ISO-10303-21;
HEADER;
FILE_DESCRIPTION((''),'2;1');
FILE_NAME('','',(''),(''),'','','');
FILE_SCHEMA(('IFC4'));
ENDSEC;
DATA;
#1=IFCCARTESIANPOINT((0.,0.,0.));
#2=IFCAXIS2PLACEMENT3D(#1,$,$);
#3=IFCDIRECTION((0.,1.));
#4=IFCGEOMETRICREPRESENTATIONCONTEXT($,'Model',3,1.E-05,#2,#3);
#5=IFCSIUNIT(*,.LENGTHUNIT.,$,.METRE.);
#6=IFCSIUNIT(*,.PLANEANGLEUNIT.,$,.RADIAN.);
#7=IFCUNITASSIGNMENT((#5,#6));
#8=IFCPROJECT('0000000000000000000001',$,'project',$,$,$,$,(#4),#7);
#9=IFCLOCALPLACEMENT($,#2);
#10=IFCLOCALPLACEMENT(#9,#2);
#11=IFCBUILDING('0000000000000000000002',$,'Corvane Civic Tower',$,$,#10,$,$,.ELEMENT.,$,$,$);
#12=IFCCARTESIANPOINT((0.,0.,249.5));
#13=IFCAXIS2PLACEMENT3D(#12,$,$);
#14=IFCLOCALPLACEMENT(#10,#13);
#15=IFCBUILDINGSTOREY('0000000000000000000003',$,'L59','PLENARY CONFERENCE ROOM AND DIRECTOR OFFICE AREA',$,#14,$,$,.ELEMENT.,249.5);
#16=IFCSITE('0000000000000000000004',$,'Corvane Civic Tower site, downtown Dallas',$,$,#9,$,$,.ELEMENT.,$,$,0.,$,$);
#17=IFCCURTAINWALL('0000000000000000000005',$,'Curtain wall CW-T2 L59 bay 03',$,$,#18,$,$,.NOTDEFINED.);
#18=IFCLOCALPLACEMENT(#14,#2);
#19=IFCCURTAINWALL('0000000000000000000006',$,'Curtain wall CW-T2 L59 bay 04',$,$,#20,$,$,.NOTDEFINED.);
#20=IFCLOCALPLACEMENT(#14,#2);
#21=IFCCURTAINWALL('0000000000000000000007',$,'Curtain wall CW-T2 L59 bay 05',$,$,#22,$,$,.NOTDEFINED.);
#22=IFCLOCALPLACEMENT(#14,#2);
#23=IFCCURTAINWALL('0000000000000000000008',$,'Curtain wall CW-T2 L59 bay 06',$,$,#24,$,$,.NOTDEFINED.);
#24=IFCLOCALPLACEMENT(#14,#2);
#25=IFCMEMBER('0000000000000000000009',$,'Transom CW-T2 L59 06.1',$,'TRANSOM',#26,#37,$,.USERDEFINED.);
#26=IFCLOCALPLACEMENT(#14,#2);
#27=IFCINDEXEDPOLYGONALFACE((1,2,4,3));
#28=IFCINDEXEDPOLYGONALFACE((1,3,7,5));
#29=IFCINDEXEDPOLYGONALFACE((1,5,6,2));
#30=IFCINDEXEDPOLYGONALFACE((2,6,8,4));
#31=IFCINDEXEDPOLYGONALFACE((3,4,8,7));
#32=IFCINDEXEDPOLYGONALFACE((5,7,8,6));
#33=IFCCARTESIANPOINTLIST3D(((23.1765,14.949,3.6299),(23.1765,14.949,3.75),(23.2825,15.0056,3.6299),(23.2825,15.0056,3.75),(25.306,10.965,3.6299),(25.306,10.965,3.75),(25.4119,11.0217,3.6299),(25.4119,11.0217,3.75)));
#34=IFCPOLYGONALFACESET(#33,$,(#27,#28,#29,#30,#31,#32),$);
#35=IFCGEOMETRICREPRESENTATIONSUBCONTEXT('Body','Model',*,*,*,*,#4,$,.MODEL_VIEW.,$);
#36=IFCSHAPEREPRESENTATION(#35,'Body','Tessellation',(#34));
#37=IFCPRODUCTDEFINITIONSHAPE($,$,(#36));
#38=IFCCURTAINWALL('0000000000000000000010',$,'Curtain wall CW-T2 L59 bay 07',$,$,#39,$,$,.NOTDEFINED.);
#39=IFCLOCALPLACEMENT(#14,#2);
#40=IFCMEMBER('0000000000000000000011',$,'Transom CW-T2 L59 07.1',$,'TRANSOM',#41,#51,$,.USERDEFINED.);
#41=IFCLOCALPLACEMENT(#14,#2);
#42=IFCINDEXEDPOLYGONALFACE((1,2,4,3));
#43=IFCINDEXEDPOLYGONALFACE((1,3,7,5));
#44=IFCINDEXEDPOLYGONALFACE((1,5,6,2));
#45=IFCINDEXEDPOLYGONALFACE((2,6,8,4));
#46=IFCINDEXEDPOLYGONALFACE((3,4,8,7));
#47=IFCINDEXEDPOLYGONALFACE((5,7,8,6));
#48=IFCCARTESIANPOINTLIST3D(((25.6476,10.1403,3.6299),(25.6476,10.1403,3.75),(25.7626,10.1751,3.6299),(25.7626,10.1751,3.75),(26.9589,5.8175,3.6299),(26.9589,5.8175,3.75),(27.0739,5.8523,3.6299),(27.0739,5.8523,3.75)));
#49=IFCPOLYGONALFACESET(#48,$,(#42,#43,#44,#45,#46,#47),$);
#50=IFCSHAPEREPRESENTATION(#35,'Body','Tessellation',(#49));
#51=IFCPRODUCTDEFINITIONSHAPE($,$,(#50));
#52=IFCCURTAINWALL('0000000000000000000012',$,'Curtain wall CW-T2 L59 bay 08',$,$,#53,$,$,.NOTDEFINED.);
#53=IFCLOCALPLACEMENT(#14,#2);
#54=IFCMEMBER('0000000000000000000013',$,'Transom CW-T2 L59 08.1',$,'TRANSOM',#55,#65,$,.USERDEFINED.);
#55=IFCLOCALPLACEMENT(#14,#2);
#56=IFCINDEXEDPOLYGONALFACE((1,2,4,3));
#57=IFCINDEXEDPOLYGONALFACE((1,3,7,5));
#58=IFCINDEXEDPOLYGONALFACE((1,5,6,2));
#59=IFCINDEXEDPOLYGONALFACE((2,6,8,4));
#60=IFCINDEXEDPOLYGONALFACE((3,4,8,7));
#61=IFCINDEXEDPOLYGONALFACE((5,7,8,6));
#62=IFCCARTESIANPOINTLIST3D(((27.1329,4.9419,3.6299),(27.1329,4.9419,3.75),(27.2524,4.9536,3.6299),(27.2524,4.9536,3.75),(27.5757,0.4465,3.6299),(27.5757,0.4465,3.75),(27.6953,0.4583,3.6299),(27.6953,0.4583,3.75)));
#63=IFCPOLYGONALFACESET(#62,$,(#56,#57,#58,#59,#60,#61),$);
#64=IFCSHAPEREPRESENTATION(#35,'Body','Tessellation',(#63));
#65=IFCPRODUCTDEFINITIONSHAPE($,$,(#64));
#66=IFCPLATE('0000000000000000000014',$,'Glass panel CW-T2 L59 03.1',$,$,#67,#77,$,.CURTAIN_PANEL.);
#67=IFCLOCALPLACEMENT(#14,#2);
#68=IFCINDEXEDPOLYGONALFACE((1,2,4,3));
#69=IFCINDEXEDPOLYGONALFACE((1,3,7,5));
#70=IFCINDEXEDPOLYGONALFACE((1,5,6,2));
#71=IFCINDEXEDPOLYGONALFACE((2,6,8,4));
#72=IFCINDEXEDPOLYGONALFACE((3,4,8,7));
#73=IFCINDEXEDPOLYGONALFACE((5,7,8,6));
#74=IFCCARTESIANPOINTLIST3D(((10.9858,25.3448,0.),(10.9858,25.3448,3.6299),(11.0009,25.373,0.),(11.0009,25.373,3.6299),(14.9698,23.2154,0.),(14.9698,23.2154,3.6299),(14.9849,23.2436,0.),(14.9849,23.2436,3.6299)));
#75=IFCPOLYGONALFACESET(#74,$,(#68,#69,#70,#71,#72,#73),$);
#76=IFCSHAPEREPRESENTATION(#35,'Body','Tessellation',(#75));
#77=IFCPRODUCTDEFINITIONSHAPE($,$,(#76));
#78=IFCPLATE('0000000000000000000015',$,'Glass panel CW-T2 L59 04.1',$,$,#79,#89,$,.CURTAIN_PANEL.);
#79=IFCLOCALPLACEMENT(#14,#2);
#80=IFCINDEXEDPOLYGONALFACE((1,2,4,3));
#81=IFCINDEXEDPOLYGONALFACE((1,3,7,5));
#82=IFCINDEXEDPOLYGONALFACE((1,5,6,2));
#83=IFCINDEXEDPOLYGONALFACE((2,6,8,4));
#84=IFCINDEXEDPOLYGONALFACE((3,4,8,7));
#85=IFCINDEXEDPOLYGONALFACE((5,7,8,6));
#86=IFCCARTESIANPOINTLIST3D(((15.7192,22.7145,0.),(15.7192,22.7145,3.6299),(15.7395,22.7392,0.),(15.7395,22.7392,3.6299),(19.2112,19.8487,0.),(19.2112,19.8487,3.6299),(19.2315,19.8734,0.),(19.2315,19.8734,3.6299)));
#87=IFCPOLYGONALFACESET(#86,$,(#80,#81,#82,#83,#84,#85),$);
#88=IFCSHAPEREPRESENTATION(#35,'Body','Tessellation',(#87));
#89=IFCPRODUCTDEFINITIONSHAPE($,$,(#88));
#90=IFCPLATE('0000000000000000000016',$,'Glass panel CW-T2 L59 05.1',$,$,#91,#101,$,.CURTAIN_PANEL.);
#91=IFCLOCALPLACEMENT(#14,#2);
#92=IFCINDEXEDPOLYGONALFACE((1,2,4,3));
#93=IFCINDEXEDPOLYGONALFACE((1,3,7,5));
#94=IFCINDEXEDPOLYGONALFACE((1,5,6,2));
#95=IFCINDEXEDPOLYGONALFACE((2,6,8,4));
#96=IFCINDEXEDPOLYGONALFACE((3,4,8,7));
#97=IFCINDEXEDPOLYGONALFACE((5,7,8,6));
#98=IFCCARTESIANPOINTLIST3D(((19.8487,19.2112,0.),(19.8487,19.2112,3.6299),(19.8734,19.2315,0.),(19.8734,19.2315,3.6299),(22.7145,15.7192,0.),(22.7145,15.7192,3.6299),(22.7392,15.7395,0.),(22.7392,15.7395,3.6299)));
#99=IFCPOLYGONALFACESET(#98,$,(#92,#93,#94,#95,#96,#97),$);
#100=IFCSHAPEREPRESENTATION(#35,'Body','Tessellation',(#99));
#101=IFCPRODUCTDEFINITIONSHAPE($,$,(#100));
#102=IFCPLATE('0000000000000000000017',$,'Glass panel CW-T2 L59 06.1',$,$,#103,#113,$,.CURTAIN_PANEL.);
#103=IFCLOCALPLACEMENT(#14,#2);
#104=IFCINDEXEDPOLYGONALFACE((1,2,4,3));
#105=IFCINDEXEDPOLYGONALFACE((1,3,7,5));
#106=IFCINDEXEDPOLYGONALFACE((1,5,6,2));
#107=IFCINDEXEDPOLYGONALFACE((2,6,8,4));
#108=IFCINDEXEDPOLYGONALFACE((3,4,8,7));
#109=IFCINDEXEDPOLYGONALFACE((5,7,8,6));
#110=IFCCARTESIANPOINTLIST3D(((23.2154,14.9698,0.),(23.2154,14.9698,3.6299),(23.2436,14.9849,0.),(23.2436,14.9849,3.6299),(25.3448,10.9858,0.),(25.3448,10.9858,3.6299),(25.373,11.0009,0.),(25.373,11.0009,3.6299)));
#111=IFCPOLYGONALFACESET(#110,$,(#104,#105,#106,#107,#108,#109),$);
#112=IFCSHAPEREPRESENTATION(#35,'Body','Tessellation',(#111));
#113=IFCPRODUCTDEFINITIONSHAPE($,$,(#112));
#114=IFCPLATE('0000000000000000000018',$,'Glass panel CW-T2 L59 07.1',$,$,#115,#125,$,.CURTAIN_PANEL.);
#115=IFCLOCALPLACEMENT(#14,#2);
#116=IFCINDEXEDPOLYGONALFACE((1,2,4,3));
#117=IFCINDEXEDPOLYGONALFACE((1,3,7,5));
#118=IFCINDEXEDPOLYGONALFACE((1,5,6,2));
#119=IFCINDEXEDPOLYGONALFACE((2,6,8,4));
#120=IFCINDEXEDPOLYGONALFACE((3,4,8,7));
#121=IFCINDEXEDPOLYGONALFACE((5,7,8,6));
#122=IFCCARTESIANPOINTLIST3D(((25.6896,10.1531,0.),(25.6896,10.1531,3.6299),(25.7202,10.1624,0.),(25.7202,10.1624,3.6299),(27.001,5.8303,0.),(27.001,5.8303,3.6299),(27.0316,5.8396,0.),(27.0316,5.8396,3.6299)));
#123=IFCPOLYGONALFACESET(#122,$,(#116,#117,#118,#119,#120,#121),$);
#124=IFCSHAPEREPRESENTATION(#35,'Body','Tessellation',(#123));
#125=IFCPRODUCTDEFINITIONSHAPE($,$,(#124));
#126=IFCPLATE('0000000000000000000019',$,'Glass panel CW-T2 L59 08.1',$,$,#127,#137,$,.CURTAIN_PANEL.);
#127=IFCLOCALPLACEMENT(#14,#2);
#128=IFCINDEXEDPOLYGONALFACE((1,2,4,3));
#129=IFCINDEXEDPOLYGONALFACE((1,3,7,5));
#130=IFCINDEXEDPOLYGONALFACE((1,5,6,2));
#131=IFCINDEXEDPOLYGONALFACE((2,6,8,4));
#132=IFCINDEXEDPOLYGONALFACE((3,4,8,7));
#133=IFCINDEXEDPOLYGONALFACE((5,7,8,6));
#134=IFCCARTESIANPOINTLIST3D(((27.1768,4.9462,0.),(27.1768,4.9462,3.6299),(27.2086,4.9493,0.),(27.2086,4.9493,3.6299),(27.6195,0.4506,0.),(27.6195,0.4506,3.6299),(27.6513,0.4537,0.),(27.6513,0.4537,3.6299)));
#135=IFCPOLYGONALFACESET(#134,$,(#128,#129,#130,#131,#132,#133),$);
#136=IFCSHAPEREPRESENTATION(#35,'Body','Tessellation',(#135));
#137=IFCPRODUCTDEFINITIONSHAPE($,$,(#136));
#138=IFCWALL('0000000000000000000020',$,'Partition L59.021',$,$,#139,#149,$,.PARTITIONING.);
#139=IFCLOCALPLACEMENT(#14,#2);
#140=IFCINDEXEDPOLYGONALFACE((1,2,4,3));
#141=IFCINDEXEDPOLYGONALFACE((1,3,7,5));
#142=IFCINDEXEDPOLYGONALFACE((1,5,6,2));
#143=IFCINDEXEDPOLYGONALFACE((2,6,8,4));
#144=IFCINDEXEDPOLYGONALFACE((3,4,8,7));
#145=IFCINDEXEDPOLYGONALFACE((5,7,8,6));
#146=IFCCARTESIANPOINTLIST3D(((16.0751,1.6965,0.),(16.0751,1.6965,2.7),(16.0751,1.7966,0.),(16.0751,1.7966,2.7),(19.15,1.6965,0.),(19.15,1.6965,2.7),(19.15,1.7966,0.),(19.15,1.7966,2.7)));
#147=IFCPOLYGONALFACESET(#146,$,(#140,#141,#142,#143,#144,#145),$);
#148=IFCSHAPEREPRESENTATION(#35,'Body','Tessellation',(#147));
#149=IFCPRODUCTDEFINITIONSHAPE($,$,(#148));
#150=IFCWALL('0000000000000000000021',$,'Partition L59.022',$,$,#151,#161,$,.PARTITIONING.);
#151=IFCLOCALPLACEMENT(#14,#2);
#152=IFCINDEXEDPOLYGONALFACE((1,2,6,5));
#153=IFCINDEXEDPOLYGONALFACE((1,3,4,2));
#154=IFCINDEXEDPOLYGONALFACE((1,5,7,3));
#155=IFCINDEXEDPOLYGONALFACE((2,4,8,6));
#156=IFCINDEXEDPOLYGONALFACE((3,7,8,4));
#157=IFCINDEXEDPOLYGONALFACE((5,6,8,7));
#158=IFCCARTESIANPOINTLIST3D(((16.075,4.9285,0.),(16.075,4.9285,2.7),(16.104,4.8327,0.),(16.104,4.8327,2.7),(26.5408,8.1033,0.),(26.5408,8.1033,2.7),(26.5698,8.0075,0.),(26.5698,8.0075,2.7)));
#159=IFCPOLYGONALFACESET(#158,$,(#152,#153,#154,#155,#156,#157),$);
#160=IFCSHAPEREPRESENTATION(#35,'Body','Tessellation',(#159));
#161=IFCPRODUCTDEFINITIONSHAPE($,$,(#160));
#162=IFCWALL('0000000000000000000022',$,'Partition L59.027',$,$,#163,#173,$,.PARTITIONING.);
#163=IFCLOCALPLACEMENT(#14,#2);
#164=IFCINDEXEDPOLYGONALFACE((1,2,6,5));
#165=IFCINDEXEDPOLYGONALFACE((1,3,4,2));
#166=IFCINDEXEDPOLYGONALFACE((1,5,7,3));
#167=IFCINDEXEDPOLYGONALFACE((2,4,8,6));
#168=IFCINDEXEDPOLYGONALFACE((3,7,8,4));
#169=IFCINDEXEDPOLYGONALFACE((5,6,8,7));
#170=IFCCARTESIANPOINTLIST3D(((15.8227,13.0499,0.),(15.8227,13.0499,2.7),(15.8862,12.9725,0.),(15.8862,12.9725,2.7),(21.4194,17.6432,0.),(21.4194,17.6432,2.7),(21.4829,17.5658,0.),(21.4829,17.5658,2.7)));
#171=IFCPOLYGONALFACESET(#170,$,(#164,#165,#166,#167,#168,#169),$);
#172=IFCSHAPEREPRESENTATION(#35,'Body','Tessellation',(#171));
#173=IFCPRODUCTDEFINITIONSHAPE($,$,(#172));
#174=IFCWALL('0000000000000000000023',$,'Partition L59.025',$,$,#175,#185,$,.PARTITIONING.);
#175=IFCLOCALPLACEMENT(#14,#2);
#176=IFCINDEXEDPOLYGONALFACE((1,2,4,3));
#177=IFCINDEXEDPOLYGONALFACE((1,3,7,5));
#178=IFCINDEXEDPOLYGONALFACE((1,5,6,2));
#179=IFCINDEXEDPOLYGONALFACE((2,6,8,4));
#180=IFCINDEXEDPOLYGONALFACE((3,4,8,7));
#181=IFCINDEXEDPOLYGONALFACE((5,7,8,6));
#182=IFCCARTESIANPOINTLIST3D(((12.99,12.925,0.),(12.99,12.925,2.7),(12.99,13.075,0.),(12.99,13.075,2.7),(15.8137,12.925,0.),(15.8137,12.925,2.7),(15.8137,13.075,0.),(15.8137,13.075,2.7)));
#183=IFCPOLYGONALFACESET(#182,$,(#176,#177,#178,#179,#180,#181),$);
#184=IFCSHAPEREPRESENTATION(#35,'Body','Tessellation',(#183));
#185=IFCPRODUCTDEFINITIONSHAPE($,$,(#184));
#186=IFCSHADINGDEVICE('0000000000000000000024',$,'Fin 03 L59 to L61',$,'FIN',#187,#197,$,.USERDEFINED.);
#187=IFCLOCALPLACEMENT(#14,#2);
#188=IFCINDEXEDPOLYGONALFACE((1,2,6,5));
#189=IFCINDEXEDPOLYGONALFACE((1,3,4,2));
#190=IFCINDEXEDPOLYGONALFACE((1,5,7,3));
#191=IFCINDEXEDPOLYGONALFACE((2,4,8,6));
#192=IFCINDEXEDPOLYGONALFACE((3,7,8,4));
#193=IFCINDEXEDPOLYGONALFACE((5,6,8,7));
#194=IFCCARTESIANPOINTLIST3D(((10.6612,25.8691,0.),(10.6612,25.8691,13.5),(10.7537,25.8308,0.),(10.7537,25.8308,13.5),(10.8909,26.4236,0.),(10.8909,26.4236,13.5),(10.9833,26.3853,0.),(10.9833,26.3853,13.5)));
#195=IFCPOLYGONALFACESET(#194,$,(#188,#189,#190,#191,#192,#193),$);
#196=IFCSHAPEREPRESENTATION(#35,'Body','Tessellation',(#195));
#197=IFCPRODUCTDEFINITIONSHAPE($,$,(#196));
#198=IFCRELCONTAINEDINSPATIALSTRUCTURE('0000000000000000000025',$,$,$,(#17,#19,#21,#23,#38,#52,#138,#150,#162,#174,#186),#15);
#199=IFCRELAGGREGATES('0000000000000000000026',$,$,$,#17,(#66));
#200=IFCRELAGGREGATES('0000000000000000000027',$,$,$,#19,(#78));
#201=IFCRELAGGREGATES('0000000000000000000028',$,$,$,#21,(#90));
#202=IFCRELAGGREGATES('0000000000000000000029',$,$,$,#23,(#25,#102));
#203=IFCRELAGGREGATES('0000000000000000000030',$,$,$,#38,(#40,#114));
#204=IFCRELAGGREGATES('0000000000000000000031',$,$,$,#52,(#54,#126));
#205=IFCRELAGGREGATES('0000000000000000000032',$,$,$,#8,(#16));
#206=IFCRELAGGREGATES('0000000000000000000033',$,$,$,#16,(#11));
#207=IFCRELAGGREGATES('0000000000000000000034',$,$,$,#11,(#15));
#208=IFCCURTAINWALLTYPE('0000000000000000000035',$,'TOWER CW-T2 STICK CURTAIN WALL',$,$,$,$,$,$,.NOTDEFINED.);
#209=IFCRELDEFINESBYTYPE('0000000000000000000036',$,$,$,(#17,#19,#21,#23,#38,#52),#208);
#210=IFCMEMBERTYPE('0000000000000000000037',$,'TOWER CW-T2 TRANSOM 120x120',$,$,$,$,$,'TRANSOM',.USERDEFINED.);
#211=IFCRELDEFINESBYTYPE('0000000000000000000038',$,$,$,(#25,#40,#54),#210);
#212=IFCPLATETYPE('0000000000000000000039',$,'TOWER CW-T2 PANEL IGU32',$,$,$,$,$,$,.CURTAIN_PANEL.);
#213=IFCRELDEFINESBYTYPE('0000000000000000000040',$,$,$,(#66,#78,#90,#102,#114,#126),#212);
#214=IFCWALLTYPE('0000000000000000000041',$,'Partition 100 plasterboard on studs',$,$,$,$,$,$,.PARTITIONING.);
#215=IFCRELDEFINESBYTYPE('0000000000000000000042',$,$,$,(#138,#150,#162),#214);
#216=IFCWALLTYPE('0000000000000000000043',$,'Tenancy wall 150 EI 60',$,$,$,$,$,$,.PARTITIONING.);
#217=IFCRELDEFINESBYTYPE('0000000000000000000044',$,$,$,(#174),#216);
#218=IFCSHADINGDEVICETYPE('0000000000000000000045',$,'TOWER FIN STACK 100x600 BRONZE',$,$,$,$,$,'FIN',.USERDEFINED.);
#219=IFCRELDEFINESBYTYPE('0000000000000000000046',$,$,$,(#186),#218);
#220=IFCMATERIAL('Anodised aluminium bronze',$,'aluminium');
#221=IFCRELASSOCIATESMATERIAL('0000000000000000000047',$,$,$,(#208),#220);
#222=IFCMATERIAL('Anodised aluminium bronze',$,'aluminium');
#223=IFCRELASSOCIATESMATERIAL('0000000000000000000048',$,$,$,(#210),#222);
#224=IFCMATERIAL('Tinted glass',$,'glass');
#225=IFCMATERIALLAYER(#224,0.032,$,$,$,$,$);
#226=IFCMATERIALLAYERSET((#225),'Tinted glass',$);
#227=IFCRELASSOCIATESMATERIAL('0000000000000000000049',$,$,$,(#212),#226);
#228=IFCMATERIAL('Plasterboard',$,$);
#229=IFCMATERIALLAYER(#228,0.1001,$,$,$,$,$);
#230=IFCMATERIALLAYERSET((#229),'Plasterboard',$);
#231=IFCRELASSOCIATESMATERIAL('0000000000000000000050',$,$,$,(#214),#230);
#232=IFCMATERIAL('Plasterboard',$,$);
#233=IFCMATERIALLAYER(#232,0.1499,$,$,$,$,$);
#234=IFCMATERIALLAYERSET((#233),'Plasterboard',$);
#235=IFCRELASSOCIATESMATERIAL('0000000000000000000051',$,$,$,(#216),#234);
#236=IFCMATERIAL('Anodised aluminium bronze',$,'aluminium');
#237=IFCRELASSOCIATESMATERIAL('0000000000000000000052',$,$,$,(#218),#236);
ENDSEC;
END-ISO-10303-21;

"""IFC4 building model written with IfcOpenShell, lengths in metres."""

from ifc_helpers import new_model, si_unit, direction, frame, frame_2d, origin, origin_2d, place, context, subcontext, project, spatial, rectangle, extrude, material, layer, layer_set, material_profile, profile_set, type_object, element, aggregate, save


model = new_model("IFC4")

# Units and contexts
model_context = context("Model", 3, precision=1e-05, world=origin(), true_north=direction((0.0, 1.0)))
body_context = subcontext(model_context, "Body", "Model", "MODEL_VIEW")
ifc_project = project(units=[si_unit("LENGTHUNIT", "METRE"), si_unit("PLANEANGLEUNIT", "RADIAN")], contexts=[model_context])

# Site, building, storey
site_placement = place(None, origin())
site = spatial("IfcSite", under=ifc_project, at=site_placement, Name="Corvane Civic Tower site, downtown Dallas", CompositionType="ELEMENT", RefElevation=0.0)
building_placement = place(site_placement, origin())
building = spatial("IfcBuilding", under=site, at=building_placement, Name="Corvane Civic Tower", CompositionType="ELEMENT")
storey_placement = place(building_placement, frame((0.0, 0.0, 249.5)))
storey = spatial("IfcBuildingStorey", under=building, at=storey_placement, Name="L59", Description="PLENARY CONFERENCE ROOM AND DIRECTOR OFFICE AREA", CompositionType="ELEMENT", Elevation=249.5)

# Curtain walls, members
ifc_material_1 = material(Name="Anodised aluminium bronze", Category="aluminium")
curtain_wall_type = type_object("IfcCurtainWallType", Name="TOWER CW-T2 STICK CURTAIN WALL", PredefinedType="NOTDEFINED", material=ifc_material_1)
curtain_wall_1_placement = place(storey_placement, origin())
curtain_wall_1 = element("IfcCurtainWall", 1, at=curtain_wall_1_placement, inside=storey, type_object=curtain_wall_type, Name="Curtain wall CW-T2 L59 bay 03", PredefinedType="NOTDEFINED")
ifc_material_2 = material(Name="Anodised aluminium bronze", Category="aluminium")
ifc_material_profile_1 = material_profile(ifc_material_2, rectangle(XDim=0.1201, YDim=0.1201, at=origin_2d()), Name="TOWER CW-T2 TRANSOM 120x120")
ifc_profile_set_1 = profile_set([ifc_material_profile_1], Name="Anodised aluminium bronze")
member_type = type_object("IfcMemberType", Name="TOWER CW-T2 TRANSOM 120x120", ElementType="TRANSOM", PredefinedType="USERDEFINED", material=ifc_profile_set_1)
curtain_wall_2_placement = place(storey_placement, origin())
curtain_wall_2 = element("IfcCurtainWall", 2, at=curtain_wall_2_placement, inside=storey, type_object=curtain_wall_type, Name="Curtain wall CW-T2 L59 bay 04", PredefinedType="NOTDEFINED")
curtain_wall_3_placement = place(storey_placement, origin())
curtain_wall_3 = element("IfcCurtainWall", 3, at=curtain_wall_3_placement, inside=storey, type_object=curtain_wall_type, Name="Curtain wall CW-T2 L59 bay 05", PredefinedType="NOTDEFINED")
curtain_wall_4_placement = place(storey_placement, origin())
curtain_wall_4 = element("IfcCurtainWall", 4, at=curtain_wall_4_placement, inside=storey, type_object=curtain_wall_type, Name="Curtain wall CW-T2 L59 bay 06", PredefinedType="NOTDEFINED")
member_1_placement = place(storey_placement, frame((23.2295, 14.9773, 3.6899), z_axis=(0.47139, -0.881925, 0.0), x_axis=(0.881925, 0.47139, 0.0)))
member_1 = element("IfcMember", 5, at=member_1_placement, type_object=member_type, Name="Transom CW-T2 L59 06.1", ObjectType="TRANSOM", PredefinedType="USERDEFINED", context=body_context, shape_type="SweptSolid", body=[
    extrude(rectangle(XDim=0.1201, YDim=0.1201, at=origin_2d()), origin(), (0.0, 0.0, 1.0), 4.5173),
])
curtain_wall_5_placement = place(storey_placement, origin())
curtain_wall_5 = element("IfcCurtainWall", 6, at=curtain_wall_5_placement, inside=storey, type_object=curtain_wall_type, Name="Curtain wall CW-T2 L59 bay 07", PredefinedType="NOTDEFINED")
member_2_placement = place(storey_placement, frame((25.7051, 10.1577, 3.6899), z_axis=(0.290282, -0.956941, 0.0), x_axis=(0.956941, 0.290282, 0.0)))
member_2 = element("IfcMember", 7, at=member_2_placement, type_object=member_type, Name="Transom CW-T2 L59 07.1", ObjectType="TRANSOM", PredefinedType="USERDEFINED", context=body_context, shape_type="SweptSolid", body=[
    extrude(rectangle(XDim=0.1201, YDim=0.1201, at=origin_2d()), origin(), (0.0, 0.0, 1.0), 4.5173),
])
curtain_wall_6_placement = place(storey_placement, origin())
curtain_wall_6 = element("IfcCurtainWall", 8, at=curtain_wall_6_placement, inside=storey, type_object=curtain_wall_type, Name="Curtain wall CW-T2 L59 bay 08", PredefinedType="NOTDEFINED")
member_3_placement = place(storey_placement, frame((27.1926, 4.9478, 3.6899), z_axis=(0.098043, -0.995182, 0.0), x_axis=(0.995182, 0.098043, 0.0)))
member_3 = element("IfcMember", 9, at=member_3_placement, type_object=member_type, Name="Transom CW-T2 L59 08.1", ObjectType="TRANSOM", PredefinedType="USERDEFINED", context=body_context, shape_type="SweptSolid", body=[
    extrude(rectangle(XDim=0.1201, YDim=0.1201, at=origin_2d()), origin(), (0.0, 0.0, 1.0), 4.5171),
])

# Plates
ifc_material_3 = material(Name="Tinted glass", Category="glass")
ifc_layer_1 = layer(ifc_material_3, 0.032)
ifc_layer_set_1 = layer_set([ifc_layer_1], Name="Tinted glass")
plate_type = type_object("IfcPlateType", Name="TOWER CW-T2 PANEL IGU32", PredefinedType="CURTAIN_PANEL", material=ifc_layer_set_1)
plate_1_placement = place(storey_placement, frame((12.9854, 24.2942, 0.0), z_axis=(0.0, 0.0, 1.0), x_axis=(0.88192, -0.471398, 0.0)))
plate_1 = element("IfcPlate", 10, at=plate_1_placement, type_object=plate_type, Name="Glass panel CW-T2 L59 03.1", PredefinedType="CURTAIN_PANEL", context=body_context, shape_type="SweptSolid", body=[
    extrude(rectangle(XDim=4.5173, YDim=0.032, at=origin_2d()), origin(), (0.0, 0.0, 1.0), 3.6299),
])
aggregate(curtain_wall_1, [plate_1])
plate_2_placement = place(storey_placement, frame((17.4753, 21.2939, 0.0), z_axis=(0.0, 0.0, 1.0), x_axis=(0.773012, -0.634391, 0.0)))
plate_2 = element("IfcPlate", 11, at=plate_2_placement, type_object=plate_type, Name="Glass panel CW-T2 L59 04.1", PredefinedType="CURTAIN_PANEL", context=body_context, shape_type="SweptSolid", body=[
    extrude(rectangle(XDim=4.5173, YDim=0.032, at=origin_2d()), origin(), (0.0, 0.0, 1.0), 3.6299),
])
aggregate(curtain_wall_2, [plate_2])
plate_3_placement = place(storey_placement, frame((21.2939, 17.4753, 0.0), z_axis=(0.0, 0.0, 1.0), x_axis=(0.634391, -0.773012, 0.0)))
plate_3 = element("IfcPlate", 12, at=plate_3_placement, type_object=plate_type, Name="Glass panel CW-T2 L59 05.1", PredefinedType="CURTAIN_PANEL", context=body_context, shape_type="SweptSolid", body=[
    extrude(rectangle(XDim=4.5173, YDim=0.032, at=origin_2d()), origin(), (0.0, 0.0, 1.0), 3.6299),
])
aggregate(curtain_wall_3, [plate_3])
plate_4_placement = place(storey_placement, frame((24.2942, 12.9854, 0.0), z_axis=(0.0, 0.0, 1.0), x_axis=(0.471398, -0.88192, 0.0)))
plate_4 = element("IfcPlate", 13, at=plate_4_placement, type_object=plate_type, Name="Glass panel CW-T2 L59 06.1", PredefinedType="CURTAIN_PANEL", context=body_context, shape_type="SweptSolid", body=[
    extrude(rectangle(XDim=4.5173, YDim=0.032, at=origin_2d()), origin(), (0.0, 0.0, 1.0), 3.6299),
])
aggregate(curtain_wall_4, [member_1, plate_4])
plate_5_placement = place(storey_placement, frame((26.3606, 7.9963, 0.0), z_axis=(0.0, 0.0, 1.0), x_axis=(0.29029, -0.956939, 0.0)))
plate_5 = element("IfcPlate", 14, at=plate_5_placement, type_object=plate_type, Name="Glass panel CW-T2 L59 07.1", PredefinedType="CURTAIN_PANEL", context=body_context, shape_type="SweptSolid", body=[
    extrude(rectangle(XDim=4.5173, YDim=0.032, at=origin_2d()), origin(), (0.0, 0.0, 1.0), 3.6299),
])
aggregate(curtain_wall_5, [member_2, plate_5])
plate_6_placement = place(storey_placement, frame((27.4141, 2.7, 0.0), z_axis=(0.0, 0.0, 1.0), x_axis=(0.097993, -0.995187, 0.0)))
plate_6 = element("IfcPlate", 15, at=plate_6_placement, type_object=plate_type, Name="Glass panel CW-T2 L59 08.1", PredefinedType="CURTAIN_PANEL", context=body_context, shape_type="SweptSolid", body=[
    extrude(rectangle(XDim=4.5173, YDim=0.032, at=origin_2d()), origin(), (0.0, 0.0, 1.0), 3.6299),
])
aggregate(curtain_wall_6, [member_3, plate_6])

# Walls
ifc_material_4 = material(Name="Plasterboard")
ifc_layer_2 = layer(ifc_material_4, 0.1001)
ifc_layer_set_2 = layer_set([ifc_layer_2], Name="Plasterboard")
wall_type_1 = type_object("IfcWallType", Name="Partition 100 plasterboard on studs", PredefinedType="PARTITIONING", material=ifc_layer_set_2)
wall_1_placement = place(storey_placement, frame((16.075, 1.7466, 0.0), z_axis=(0.0, 0.0, 1.0), x_axis=(1.0, 0.0, 0.0)))
element("IfcWall", 16, at=wall_1_placement, inside=storey, type_object=wall_type_1, Name="Partition L59.021", PredefinedType="PARTITIONING", context=body_context, shape_type="SweptSolid", body=[
    extrude(rectangle(XDim=3.075, YDim=0.1001, at=frame_2d((1.5376, 0.0))), origin(), (0.0, 0.0, 1.0), 2.7),
])
wall_2_placement = place(storey_placement, frame((16.0896, 4.8806, 0.0), z_axis=(0.0, 0.0, 1.0), x_axis=(0.95694, 0.290287, 0.0)))
element("IfcWall", 17, at=wall_2_placement, inside=storey, type_object=wall_type_1, Name="Partition L59.022", PredefinedType="PARTITIONING", context=body_context, shape_type="SweptSolid", body=[
    extrude(rectangle(XDim=10.9368, YDim=0.1001, at=frame_2d((5.4683, 0.0))), origin(), (0.0, 0.0, 1.0), 2.7),
])
wall_3_placement = place(storey_placement, frame((15.8545, 13.0112, 0.0), z_axis=(0.0, 0.0, 1.0), x_axis=(0.772998, 0.634409, 0.0)))
element("IfcWall", 18, at=wall_3_placement, inside=storey, type_object=wall_type_1, Name="Partition L59.027", PredefinedType="PARTITIONING", context=body_context, shape_type="SweptSolid", body=[
    extrude(rectangle(XDim=7.2402, YDim=0.1001, at=frame_2d((3.6201, 0.0))), origin(), (0.0, 0.0, 1.0), 2.7),
])
ifc_material_5 = material(Name="Plasterboard")
ifc_layer_3 = layer(ifc_material_5, 0.1499)
ifc_layer_set_3 = layer_set([ifc_layer_3], Name="Plasterboard")
wall_type_2 = type_object("IfcWallType", Name="Tenancy wall 150 EI 60", PredefinedType="PARTITIONING", material=ifc_layer_set_3)
wall_4_placement = place(storey_placement, frame((12.99, 13.0, 0.0), z_axis=(0.0, 0.0, 1.0), x_axis=(1.0, 0.0, 0.0)))
element("IfcWall", 19, at=wall_4_placement, inside=storey, type_object=wall_type_2, Name="Partition L59.025", PredefinedType="PARTITIONING", context=body_context, shape_type="SweptSolid", body=[
    extrude(rectangle(XDim=2.8237, YDim=0.1499, at=frame_2d((1.4119, 0.0))), origin(), (0.0, 0.0, 1.0), 2.7),
])

# Shading device
ifc_material_6 = material(Name="Anodised aluminium bronze", Category="aluminium")
ifc_material_profile_2 = material_profile(ifc_material_6, rectangle(XDim=0.1001, YDim=0.6001, at=origin_2d()), Name="TOWER FIN STACK 100x600 BRONZE")
ifc_profile_set_2 = profile_set([ifc_material_profile_2], Name="Anodised aluminium bronze")
shading_device_type = type_object("IfcShadingDeviceType", Name="TOWER FIN STACK 100x600 BRONZE", ElementType="FIN", PredefinedType="USERDEFINED", material=ifc_profile_set_2)
for number, where, z_axis, x_axis, name in (
    (20, (10.8223, 26.1272, 0.0), (0.0, 0.0, 1.0), (0.92388, -0.382683, 0.0), "Fin 03 L59 to L61"),
):
    element("IfcShadingDevice", number, at=place(storey_placement, frame(where, z_axis=z_axis, x_axis=x_axis)), inside=storey, type_object=shading_device_type, Name=name, ObjectType="FIN", PredefinedType="USERDEFINED", context=body_context, shape_type="SweptSolid", body=[
        extrude(rectangle(XDim=0.1001, YDim=0.6001, at=origin_2d()), origin(), (0.0, 0.0, 1.0), 13.5),
    ])

save(model, "model.ifc")
